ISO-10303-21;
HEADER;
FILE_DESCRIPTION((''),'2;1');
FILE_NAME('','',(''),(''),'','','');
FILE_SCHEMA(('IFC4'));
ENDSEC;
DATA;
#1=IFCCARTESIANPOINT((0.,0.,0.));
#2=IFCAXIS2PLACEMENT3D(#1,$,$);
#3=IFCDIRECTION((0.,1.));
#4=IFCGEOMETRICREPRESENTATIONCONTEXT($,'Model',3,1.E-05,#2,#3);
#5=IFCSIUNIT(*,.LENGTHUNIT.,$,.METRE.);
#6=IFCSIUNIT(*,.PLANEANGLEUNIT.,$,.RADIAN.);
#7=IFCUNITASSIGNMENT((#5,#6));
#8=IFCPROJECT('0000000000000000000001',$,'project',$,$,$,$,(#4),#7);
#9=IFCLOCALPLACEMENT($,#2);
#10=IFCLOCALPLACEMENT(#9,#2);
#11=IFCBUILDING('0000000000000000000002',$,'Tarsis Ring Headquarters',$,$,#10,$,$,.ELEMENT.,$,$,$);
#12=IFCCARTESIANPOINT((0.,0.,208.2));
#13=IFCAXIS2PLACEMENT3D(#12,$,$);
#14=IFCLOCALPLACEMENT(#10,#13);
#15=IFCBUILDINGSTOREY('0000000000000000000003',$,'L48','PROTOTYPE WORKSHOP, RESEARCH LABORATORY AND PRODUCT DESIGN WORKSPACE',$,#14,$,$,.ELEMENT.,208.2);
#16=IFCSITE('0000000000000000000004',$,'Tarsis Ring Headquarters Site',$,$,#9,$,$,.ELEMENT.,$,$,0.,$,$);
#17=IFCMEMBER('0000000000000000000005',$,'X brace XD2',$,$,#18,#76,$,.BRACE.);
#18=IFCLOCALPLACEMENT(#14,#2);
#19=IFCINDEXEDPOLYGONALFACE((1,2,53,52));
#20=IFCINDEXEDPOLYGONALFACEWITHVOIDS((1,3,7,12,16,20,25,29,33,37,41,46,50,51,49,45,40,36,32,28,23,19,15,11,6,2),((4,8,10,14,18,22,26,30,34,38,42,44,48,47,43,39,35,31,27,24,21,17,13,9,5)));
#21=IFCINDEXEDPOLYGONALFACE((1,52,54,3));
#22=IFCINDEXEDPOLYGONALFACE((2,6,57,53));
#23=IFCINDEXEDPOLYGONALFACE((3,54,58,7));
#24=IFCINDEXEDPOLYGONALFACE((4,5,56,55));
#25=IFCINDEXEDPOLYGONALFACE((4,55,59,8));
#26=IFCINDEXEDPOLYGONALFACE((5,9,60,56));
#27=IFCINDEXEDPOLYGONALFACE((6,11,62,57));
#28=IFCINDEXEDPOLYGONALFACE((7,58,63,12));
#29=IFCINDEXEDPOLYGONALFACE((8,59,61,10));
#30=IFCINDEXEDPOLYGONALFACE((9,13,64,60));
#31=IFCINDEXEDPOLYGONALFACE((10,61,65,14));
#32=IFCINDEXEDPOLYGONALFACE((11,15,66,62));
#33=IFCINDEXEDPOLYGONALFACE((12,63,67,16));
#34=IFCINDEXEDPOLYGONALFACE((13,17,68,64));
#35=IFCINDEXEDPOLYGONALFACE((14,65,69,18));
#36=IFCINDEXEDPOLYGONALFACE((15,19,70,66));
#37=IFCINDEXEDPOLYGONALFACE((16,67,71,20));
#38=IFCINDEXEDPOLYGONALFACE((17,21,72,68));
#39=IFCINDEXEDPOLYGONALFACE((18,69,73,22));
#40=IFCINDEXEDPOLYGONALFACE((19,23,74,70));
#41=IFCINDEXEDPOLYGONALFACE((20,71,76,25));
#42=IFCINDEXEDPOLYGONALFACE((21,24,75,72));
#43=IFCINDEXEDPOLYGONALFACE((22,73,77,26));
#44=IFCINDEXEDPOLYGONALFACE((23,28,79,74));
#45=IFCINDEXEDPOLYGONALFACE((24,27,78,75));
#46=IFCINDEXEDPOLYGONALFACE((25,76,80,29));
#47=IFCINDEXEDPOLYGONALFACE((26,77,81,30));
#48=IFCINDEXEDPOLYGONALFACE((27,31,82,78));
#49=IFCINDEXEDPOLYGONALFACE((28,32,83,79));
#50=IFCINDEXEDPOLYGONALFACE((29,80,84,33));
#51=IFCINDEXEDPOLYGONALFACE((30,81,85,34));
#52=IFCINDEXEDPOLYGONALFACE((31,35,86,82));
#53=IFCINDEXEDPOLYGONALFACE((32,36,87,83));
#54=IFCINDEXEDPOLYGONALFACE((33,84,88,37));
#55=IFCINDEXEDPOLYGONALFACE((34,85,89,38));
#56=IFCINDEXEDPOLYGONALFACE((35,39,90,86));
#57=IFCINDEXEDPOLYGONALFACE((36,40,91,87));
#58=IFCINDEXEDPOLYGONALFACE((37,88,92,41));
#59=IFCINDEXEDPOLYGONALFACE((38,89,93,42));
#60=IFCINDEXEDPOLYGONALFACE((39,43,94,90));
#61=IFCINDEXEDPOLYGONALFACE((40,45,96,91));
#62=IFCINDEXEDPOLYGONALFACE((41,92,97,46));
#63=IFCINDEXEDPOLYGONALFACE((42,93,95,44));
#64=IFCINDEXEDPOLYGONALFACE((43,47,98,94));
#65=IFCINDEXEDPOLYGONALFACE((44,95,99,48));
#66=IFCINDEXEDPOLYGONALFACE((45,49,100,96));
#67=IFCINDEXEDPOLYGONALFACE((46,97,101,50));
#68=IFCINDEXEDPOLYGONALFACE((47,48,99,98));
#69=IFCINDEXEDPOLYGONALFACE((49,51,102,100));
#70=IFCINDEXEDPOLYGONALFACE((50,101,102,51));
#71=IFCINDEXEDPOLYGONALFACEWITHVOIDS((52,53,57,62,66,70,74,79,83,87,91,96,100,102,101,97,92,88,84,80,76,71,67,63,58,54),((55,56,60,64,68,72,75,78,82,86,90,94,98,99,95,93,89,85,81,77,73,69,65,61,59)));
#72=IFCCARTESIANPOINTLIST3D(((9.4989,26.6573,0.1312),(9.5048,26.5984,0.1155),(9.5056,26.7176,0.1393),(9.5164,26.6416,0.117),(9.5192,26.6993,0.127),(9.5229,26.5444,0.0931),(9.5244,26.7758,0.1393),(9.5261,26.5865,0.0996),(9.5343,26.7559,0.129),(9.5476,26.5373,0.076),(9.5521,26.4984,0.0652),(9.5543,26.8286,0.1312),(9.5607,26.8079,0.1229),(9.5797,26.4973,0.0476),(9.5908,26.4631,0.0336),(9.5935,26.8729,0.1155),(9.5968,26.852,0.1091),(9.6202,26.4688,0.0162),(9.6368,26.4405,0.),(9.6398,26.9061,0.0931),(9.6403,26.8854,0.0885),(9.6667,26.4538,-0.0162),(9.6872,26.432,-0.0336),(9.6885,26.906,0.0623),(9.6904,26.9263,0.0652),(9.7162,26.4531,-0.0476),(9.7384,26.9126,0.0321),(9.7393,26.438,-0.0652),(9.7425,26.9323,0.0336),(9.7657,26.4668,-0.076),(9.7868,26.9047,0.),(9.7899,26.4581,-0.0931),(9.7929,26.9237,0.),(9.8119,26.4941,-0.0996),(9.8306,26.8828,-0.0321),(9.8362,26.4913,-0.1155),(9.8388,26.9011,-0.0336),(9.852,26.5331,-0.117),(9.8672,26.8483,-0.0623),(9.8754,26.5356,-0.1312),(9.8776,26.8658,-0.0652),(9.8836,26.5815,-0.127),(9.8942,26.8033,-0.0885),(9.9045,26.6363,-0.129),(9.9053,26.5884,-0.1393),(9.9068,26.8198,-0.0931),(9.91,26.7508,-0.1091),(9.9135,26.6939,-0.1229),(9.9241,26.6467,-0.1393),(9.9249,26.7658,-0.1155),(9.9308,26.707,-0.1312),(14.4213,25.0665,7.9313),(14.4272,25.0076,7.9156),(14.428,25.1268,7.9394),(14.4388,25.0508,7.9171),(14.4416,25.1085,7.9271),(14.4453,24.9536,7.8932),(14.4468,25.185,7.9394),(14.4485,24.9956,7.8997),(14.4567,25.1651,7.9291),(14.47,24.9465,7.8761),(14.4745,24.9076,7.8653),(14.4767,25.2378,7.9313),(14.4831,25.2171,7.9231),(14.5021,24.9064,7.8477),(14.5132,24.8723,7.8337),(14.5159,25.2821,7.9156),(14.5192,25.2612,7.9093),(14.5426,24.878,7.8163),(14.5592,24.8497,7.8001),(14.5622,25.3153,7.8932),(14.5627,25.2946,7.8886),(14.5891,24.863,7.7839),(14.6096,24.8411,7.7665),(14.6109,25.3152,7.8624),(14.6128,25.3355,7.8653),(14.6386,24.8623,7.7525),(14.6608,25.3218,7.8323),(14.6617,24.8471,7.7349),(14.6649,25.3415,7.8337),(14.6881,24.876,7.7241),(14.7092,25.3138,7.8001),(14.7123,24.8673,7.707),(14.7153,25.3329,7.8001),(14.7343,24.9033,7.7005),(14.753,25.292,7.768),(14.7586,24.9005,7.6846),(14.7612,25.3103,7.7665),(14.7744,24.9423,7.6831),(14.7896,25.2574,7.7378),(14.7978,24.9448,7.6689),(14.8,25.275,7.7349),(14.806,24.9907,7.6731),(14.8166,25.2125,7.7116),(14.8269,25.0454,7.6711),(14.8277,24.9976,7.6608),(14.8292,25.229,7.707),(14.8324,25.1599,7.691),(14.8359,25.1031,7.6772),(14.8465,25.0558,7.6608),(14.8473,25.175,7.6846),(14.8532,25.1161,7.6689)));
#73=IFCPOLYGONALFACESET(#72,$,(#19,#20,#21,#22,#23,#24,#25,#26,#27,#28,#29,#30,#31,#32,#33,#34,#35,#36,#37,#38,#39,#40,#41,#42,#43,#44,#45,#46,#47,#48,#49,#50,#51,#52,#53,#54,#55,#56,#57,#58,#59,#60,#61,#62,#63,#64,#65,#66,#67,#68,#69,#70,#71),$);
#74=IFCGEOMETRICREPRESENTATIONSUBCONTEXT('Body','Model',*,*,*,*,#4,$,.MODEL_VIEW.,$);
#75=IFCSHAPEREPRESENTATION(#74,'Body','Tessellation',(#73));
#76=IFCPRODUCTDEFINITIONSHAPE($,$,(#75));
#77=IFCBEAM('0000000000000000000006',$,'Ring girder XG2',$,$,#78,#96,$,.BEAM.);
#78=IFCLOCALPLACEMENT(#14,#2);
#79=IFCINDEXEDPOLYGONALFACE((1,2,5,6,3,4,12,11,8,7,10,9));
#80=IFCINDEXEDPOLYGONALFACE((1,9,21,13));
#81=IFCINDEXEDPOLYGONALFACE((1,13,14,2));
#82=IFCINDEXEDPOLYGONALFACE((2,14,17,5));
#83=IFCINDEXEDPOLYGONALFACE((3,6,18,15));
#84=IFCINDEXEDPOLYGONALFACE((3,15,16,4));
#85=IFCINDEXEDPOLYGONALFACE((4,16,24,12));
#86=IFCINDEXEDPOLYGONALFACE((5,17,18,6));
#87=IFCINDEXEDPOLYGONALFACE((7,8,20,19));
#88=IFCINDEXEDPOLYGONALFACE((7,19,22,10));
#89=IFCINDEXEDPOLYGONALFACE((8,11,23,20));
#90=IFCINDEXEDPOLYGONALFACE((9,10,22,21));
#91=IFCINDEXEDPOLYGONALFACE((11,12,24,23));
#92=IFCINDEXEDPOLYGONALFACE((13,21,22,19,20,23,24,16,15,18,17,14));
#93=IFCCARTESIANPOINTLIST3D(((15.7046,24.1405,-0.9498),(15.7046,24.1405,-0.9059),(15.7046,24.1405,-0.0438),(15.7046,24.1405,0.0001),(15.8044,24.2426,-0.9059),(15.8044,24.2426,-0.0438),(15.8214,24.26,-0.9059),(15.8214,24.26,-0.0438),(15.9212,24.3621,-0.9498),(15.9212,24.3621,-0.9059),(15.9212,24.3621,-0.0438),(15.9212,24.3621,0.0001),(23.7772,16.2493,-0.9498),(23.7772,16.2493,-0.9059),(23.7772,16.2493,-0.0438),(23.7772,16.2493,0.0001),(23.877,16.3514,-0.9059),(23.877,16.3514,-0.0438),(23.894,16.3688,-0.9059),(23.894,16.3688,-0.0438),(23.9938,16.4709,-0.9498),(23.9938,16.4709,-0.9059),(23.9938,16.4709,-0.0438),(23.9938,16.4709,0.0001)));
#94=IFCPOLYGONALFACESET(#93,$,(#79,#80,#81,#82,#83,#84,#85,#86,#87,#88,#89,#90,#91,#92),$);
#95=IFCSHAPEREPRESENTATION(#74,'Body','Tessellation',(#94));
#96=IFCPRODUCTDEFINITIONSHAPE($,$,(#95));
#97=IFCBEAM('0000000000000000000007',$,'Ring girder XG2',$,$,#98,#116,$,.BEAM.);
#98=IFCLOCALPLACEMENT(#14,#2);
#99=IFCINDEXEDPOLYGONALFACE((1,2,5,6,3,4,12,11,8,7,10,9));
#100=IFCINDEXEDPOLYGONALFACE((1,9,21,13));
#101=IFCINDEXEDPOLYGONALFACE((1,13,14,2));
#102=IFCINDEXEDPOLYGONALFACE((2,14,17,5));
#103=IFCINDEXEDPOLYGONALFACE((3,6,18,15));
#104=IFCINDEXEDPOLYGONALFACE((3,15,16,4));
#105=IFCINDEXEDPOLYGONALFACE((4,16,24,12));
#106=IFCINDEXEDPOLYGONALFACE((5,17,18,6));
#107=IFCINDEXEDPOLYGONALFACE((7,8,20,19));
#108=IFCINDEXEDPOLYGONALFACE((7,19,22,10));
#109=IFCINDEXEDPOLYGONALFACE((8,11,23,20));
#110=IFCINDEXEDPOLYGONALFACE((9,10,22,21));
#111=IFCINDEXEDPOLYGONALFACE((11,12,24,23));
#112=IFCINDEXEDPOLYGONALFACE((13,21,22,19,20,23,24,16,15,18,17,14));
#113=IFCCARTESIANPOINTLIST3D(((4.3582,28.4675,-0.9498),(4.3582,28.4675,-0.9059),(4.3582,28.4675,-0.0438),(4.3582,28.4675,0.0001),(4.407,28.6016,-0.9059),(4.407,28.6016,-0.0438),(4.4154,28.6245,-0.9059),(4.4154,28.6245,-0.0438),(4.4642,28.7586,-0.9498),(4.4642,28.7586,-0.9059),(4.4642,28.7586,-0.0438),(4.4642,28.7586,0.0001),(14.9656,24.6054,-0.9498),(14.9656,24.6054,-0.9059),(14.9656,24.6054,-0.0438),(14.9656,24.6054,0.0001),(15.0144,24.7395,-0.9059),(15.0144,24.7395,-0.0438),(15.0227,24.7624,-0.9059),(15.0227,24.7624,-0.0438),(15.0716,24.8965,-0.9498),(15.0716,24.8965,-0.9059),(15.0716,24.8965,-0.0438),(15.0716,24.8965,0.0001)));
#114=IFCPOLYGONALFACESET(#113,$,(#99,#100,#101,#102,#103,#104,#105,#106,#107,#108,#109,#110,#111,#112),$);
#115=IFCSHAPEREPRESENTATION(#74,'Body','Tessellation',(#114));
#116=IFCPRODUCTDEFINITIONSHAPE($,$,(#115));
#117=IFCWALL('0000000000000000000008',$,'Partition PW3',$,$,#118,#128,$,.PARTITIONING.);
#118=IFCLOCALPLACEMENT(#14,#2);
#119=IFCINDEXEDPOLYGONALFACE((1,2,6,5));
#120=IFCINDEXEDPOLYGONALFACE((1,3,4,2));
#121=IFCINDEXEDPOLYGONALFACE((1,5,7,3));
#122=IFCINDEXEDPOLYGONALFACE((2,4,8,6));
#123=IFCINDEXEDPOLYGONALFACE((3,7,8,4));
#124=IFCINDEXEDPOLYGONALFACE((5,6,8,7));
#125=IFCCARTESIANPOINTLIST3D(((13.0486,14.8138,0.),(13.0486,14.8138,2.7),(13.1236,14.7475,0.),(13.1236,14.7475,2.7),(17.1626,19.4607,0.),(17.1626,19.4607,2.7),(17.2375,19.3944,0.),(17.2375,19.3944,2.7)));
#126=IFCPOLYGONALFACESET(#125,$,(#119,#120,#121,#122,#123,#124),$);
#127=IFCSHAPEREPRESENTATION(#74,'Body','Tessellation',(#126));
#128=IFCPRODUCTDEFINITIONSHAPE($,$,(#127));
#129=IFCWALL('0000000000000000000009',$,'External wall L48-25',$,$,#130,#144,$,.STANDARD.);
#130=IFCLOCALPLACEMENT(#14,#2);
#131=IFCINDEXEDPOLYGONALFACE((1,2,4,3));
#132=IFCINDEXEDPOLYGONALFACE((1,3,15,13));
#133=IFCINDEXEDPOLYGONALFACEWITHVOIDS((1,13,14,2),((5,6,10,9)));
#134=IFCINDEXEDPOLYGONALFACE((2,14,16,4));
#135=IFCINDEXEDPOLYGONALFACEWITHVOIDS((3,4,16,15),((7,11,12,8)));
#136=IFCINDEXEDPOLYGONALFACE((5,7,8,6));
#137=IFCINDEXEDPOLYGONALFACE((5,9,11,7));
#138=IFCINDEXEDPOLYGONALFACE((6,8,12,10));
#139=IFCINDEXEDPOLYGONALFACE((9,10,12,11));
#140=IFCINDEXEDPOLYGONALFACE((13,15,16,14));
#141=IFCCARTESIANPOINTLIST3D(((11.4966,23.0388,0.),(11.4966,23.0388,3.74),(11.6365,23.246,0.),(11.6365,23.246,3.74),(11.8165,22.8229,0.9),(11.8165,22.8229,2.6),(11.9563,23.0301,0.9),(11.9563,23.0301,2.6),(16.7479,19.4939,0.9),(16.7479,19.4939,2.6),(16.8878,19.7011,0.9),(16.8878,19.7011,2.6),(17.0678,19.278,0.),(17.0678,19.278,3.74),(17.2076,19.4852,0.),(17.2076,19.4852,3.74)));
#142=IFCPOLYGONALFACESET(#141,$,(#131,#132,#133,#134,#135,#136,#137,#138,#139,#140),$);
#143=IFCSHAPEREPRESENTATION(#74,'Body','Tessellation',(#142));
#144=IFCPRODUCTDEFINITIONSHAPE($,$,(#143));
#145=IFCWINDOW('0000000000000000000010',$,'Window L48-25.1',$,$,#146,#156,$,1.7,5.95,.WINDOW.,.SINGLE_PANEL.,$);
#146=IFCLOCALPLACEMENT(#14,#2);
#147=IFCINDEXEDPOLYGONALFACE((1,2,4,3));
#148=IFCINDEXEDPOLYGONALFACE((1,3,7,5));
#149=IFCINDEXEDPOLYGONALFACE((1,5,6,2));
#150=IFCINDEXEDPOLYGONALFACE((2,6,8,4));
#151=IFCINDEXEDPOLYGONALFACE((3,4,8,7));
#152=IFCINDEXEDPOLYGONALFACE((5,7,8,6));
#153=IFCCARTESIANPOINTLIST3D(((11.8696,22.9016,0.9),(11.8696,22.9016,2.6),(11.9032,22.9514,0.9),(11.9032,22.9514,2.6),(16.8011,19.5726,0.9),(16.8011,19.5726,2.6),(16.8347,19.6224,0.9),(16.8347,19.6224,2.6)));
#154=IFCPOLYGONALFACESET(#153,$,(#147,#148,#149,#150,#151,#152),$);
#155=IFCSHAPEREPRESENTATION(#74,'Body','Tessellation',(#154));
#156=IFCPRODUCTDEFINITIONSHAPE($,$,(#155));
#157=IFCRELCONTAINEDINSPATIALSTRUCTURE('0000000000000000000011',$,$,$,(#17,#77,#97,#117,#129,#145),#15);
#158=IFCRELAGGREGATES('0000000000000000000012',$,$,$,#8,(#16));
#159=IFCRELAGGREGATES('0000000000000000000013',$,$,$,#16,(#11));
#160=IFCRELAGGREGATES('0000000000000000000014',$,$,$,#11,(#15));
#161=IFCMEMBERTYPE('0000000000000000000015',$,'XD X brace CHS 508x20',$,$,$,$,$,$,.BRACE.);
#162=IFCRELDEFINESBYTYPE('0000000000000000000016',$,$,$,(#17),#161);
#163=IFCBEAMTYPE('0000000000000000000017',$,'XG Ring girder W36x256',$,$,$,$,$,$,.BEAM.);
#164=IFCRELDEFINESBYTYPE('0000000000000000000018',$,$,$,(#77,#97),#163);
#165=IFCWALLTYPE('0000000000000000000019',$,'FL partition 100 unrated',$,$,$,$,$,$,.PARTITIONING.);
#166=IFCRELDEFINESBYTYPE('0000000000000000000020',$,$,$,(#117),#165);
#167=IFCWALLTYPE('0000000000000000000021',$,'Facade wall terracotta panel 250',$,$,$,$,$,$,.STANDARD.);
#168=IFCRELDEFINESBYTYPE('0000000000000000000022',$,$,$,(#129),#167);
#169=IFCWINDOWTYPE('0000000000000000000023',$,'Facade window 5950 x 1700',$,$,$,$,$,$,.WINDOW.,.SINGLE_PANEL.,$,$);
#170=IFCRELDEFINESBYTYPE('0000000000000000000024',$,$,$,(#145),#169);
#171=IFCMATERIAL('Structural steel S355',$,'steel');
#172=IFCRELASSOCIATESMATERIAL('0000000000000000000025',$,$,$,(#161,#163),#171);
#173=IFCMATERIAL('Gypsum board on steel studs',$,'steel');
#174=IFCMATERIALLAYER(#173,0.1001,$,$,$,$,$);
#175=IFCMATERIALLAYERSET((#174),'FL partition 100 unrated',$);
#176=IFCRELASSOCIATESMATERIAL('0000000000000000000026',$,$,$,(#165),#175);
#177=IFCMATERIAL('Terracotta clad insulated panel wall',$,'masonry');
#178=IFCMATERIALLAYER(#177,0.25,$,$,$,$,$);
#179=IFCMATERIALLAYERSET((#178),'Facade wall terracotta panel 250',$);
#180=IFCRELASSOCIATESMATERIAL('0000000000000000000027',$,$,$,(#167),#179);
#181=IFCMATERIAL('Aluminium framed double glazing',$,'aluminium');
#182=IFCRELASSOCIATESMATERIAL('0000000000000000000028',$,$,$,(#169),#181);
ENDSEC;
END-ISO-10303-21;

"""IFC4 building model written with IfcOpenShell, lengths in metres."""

from ifc_helpers import new_model, si_unit, direction, frame, frame_2d, origin, origin_2d, place, context, subcontext, project, spatial, rectangle, hollow_circle, i_section, extrude, material, layer, layer_set, material_profile, profile_set, type_object, element, fill, save


model = new_model("IFC4")

# Units and contexts
model_context = context("Model", 3, precision=1e-05, world=origin(), true_north=direction((0.0, 1.0)))
body_context = subcontext(model_context, "Body", "Model", "MODEL_VIEW")
ifc_project = project(units=[si_unit("LENGTHUNIT", "METRE"), si_unit("PLANEANGLEUNIT", "RADIAN")], contexts=[model_context])

# Site, building, storey
site_placement = place(None, origin())
site = spatial("IfcSite", under=ifc_project, at=site_placement, Name="Tarsis Ring Headquarters Site", CompositionType="ELEMENT", RefElevation=0.0)
building_placement = place(site_placement, origin())
building = spatial("IfcBuilding", under=site, at=building_placement, Name="Tarsis Ring Headquarters", CompositionType="ELEMENT")
storey_placement = place(building_placement, frame((0.0, 0.0, 208.2)))
storey = spatial("IfcBuildingStorey", under=building, at=storey_placement, Name="L48", Description="PROTOTYPE WORKSHOP, RESEARCH LABORATORY AND PRODUCT DESIGN WORKSPACE", CompositionType="ELEMENT", Elevation=208.2)

# Shared definitions
ifc_material_1 = material(Name="Structural steel S355", Category="steel")

# Shared definitions
ifc_material_profile_1 = material_profile(ifc_material_1, i_section(OverallWidth=0.3098, OverallDepth=0.95, WebThickness=0.0244, FlangeThickness=0.0439, at=origin_2d()), Name="W36x256")
ifc_profile_set_1 = profile_set([ifc_material_profile_1], Name="Structural steel S355")

# Member
ifc_material_profile_2 = material_profile(ifc_material_1, hollow_circle(Radius=0.2539, WallThickness=0.02, at=origin_2d()), Name="CHS 508x20")
ifc_profile_set_2 = profile_set([ifc_material_profile_2], Name="Structural steel S355")
member_type = type_object("IfcMemberType", Name="XD X brace CHS 508x20", PredefinedType="BRACE", material=ifc_profile_set_2)
member_1_placement = place(storey_placement, frame((9.7148, 26.6821, 0.0), z_axis=(0.525919, -0.169968, 0.833379), x_axis=(0.307521, 0.951541, 0.0)))
element("IfcMember", 1, at=member_1_placement, inside=storey, type_object=member_type, Name="X brace XD2", PredefinedType="BRACE", context=body_context, shape_type="SweptSolid", body=[
    extrude(hollow_circle(Radius=0.2539, WallThickness=0.02, at=origin_2d()), origin(), (0.0, 0.0, 1.0), 9.3596),
])

# Beams
beam_type_1 = type_object("IfcBeamType", Name="XG Ring girder W36x256", PredefinedType="BEAM", material=ifc_profile_set_1)
beam_1_placement = place(storey_placement, frame((23.8855, 16.3601, -0.4749), z_axis=(-0.715096, 0.699027, 0.0), x_axis=(-0.699027, -0.715096, 0.0)))
element("IfcBeam", 2, at=beam_1_placement, inside=storey, type_object=beam_type_1, Name="Ring girder XG2", PredefinedType="BEAM", context=body_context, shape_type="SweptSolid", body=[
    extrude(i_section(OverallWidth=0.3098, OverallDepth=0.95, WebThickness=0.0244, FlangeThickness=0.0439, at=origin_2d()), origin(), (0.0, 0.0, 1.0), 11.2888),
])
beam_2_placement = place(storey_placement, frame((15.0186, 24.751, -0.4749), z_axis=(-0.939656, 0.34212, 0.0), x_axis=(-0.34212, -0.939656, 0.0)))
element("IfcBeam", 3, at=beam_2_placement, inside=storey, type_object=beam_type_1, Name="Ring girder XG2", PredefinedType="BEAM", context=body_context, shape_type="SweptSolid", body=[
    extrude(i_section(OverallWidth=0.3098, OverallDepth=0.95, WebThickness=0.0244, FlangeThickness=0.0439, at=origin_2d()), origin(), (0.0, 0.0, 1.0), 11.2886),
])

# Wall
ifc_material_2 = material(Name="Gypsum board on steel studs", Category="steel")
ifc_layer_1 = layer(ifc_material_2, 0.1001)
ifc_layer_set_1 = layer_set([ifc_layer_1], Name="FL partition 100 unrated")
wall_type_1 = type_object("IfcWallType", Name="FL partition 100 unrated", PredefinedType="PARTITIONING", material=ifc_layer_set_1)
wall_1_placement = place(storey_placement, frame((13.0862, 14.7808, 0.0), z_axis=(0.0, 0.0, 1.0), x_axis=(0.662866, 0.748738, 0.0)))
element("IfcWall", 4, at=wall_1_placement, inside=storey, type_object=wall_type_1, Name="Partition PW3", PredefinedType="PARTITIONING", context=body_context, shape_type="SweptSolid", body=[
    extrude(rectangle(XDim=6.2063, YDim=0.1001, at=frame_2d((3.103, 0.0))), origin(), (0.0, 0.0, 1.0), 2.7),
])

# Wall, opening, window
ifc_material_3 = material(Name="Terracotta clad insulated panel wall", Category="masonry")
ifc_layer_2 = layer(ifc_material_3, 0.25)
ifc_layer_set_2 = layer_set([ifc_layer_2], Name="Facade wall terracotta panel 250")
wall_type_2 = type_object("IfcWallType", Name="Facade wall terracotta panel 250", PredefinedType="STANDARD", material=ifc_layer_set_2)
wall_2_placement = place(storey_placement, frame((17.1377, 19.3816, 0.0), z_axis=(0.0, 0.0, 1.0), x_axis=(-0.828829, 0.559502, 0.0)))
wall_2 = element("IfcWall", 5, at=wall_2_placement, inside=storey, type_object=wall_type_2, Name="External wall L48-25", PredefinedType="STANDARD", context=body_context, shape_type="SweptSolid", body=[
    extrude(rectangle(XDim=6.7217, YDim=0.25, at=frame_2d((3.3608, 0.0))), origin(), (0.0, 0.0, 1.0), 3.74),
])
opening_1_placement = place(wall_2_placement, frame((0.3857, 0.0, 0.8999)))
opening_1 = element("IfcOpeningElement", 6, at=opening_1_placement, cuts=wall_2, PredefinedType="OPENING", context=body_context, shape_type="SweptSolid", body=[
    extrude(rectangle(XDim=5.95, YDim=1.7, at=frame_2d((2.9751, 0.8501))), frame((0.0, 0.135, 0.0), z_axis=(0.0, -1.0, 0.0), x_axis=(1.0, 0.0, 0.0)), (0.0, 0.0, 1.0), 0.27),
])
ifc_material_4 = material(Name="Aluminium framed double glazing", Category="aluminium")
window_type = type_object("IfcWindowType", Name="Facade window 5950 x 1700", PartitioningType="SINGLE_PANEL", PredefinedType="WINDOW", material=ifc_material_4)
window_1_placement = place(opening_1_placement, origin())
window_1 = element("IfcWindow", 7, at=window_1_placement, inside=storey, type_object=window_type, Name="Window L48-25.1", OverallHeight=1.7, OverallWidth=5.95, PartitioningType="SINGLE_PANEL", PredefinedType="WINDOW", context=body_context, shape_type="SweptSolid", body=[
    extrude(rectangle(XDim=5.95, YDim=1.7, at=frame_2d((2.9751, 0.8501))), frame((0.0, 0.03, 0.0), z_axis=(0.0, -1.0, 0.0), x_axis=(1.0, 0.0, 0.0)), (0.0, 0.0, 1.0), 0.0601),
])
fill(opening_1, window_1)

save(model, "model.ifc")
